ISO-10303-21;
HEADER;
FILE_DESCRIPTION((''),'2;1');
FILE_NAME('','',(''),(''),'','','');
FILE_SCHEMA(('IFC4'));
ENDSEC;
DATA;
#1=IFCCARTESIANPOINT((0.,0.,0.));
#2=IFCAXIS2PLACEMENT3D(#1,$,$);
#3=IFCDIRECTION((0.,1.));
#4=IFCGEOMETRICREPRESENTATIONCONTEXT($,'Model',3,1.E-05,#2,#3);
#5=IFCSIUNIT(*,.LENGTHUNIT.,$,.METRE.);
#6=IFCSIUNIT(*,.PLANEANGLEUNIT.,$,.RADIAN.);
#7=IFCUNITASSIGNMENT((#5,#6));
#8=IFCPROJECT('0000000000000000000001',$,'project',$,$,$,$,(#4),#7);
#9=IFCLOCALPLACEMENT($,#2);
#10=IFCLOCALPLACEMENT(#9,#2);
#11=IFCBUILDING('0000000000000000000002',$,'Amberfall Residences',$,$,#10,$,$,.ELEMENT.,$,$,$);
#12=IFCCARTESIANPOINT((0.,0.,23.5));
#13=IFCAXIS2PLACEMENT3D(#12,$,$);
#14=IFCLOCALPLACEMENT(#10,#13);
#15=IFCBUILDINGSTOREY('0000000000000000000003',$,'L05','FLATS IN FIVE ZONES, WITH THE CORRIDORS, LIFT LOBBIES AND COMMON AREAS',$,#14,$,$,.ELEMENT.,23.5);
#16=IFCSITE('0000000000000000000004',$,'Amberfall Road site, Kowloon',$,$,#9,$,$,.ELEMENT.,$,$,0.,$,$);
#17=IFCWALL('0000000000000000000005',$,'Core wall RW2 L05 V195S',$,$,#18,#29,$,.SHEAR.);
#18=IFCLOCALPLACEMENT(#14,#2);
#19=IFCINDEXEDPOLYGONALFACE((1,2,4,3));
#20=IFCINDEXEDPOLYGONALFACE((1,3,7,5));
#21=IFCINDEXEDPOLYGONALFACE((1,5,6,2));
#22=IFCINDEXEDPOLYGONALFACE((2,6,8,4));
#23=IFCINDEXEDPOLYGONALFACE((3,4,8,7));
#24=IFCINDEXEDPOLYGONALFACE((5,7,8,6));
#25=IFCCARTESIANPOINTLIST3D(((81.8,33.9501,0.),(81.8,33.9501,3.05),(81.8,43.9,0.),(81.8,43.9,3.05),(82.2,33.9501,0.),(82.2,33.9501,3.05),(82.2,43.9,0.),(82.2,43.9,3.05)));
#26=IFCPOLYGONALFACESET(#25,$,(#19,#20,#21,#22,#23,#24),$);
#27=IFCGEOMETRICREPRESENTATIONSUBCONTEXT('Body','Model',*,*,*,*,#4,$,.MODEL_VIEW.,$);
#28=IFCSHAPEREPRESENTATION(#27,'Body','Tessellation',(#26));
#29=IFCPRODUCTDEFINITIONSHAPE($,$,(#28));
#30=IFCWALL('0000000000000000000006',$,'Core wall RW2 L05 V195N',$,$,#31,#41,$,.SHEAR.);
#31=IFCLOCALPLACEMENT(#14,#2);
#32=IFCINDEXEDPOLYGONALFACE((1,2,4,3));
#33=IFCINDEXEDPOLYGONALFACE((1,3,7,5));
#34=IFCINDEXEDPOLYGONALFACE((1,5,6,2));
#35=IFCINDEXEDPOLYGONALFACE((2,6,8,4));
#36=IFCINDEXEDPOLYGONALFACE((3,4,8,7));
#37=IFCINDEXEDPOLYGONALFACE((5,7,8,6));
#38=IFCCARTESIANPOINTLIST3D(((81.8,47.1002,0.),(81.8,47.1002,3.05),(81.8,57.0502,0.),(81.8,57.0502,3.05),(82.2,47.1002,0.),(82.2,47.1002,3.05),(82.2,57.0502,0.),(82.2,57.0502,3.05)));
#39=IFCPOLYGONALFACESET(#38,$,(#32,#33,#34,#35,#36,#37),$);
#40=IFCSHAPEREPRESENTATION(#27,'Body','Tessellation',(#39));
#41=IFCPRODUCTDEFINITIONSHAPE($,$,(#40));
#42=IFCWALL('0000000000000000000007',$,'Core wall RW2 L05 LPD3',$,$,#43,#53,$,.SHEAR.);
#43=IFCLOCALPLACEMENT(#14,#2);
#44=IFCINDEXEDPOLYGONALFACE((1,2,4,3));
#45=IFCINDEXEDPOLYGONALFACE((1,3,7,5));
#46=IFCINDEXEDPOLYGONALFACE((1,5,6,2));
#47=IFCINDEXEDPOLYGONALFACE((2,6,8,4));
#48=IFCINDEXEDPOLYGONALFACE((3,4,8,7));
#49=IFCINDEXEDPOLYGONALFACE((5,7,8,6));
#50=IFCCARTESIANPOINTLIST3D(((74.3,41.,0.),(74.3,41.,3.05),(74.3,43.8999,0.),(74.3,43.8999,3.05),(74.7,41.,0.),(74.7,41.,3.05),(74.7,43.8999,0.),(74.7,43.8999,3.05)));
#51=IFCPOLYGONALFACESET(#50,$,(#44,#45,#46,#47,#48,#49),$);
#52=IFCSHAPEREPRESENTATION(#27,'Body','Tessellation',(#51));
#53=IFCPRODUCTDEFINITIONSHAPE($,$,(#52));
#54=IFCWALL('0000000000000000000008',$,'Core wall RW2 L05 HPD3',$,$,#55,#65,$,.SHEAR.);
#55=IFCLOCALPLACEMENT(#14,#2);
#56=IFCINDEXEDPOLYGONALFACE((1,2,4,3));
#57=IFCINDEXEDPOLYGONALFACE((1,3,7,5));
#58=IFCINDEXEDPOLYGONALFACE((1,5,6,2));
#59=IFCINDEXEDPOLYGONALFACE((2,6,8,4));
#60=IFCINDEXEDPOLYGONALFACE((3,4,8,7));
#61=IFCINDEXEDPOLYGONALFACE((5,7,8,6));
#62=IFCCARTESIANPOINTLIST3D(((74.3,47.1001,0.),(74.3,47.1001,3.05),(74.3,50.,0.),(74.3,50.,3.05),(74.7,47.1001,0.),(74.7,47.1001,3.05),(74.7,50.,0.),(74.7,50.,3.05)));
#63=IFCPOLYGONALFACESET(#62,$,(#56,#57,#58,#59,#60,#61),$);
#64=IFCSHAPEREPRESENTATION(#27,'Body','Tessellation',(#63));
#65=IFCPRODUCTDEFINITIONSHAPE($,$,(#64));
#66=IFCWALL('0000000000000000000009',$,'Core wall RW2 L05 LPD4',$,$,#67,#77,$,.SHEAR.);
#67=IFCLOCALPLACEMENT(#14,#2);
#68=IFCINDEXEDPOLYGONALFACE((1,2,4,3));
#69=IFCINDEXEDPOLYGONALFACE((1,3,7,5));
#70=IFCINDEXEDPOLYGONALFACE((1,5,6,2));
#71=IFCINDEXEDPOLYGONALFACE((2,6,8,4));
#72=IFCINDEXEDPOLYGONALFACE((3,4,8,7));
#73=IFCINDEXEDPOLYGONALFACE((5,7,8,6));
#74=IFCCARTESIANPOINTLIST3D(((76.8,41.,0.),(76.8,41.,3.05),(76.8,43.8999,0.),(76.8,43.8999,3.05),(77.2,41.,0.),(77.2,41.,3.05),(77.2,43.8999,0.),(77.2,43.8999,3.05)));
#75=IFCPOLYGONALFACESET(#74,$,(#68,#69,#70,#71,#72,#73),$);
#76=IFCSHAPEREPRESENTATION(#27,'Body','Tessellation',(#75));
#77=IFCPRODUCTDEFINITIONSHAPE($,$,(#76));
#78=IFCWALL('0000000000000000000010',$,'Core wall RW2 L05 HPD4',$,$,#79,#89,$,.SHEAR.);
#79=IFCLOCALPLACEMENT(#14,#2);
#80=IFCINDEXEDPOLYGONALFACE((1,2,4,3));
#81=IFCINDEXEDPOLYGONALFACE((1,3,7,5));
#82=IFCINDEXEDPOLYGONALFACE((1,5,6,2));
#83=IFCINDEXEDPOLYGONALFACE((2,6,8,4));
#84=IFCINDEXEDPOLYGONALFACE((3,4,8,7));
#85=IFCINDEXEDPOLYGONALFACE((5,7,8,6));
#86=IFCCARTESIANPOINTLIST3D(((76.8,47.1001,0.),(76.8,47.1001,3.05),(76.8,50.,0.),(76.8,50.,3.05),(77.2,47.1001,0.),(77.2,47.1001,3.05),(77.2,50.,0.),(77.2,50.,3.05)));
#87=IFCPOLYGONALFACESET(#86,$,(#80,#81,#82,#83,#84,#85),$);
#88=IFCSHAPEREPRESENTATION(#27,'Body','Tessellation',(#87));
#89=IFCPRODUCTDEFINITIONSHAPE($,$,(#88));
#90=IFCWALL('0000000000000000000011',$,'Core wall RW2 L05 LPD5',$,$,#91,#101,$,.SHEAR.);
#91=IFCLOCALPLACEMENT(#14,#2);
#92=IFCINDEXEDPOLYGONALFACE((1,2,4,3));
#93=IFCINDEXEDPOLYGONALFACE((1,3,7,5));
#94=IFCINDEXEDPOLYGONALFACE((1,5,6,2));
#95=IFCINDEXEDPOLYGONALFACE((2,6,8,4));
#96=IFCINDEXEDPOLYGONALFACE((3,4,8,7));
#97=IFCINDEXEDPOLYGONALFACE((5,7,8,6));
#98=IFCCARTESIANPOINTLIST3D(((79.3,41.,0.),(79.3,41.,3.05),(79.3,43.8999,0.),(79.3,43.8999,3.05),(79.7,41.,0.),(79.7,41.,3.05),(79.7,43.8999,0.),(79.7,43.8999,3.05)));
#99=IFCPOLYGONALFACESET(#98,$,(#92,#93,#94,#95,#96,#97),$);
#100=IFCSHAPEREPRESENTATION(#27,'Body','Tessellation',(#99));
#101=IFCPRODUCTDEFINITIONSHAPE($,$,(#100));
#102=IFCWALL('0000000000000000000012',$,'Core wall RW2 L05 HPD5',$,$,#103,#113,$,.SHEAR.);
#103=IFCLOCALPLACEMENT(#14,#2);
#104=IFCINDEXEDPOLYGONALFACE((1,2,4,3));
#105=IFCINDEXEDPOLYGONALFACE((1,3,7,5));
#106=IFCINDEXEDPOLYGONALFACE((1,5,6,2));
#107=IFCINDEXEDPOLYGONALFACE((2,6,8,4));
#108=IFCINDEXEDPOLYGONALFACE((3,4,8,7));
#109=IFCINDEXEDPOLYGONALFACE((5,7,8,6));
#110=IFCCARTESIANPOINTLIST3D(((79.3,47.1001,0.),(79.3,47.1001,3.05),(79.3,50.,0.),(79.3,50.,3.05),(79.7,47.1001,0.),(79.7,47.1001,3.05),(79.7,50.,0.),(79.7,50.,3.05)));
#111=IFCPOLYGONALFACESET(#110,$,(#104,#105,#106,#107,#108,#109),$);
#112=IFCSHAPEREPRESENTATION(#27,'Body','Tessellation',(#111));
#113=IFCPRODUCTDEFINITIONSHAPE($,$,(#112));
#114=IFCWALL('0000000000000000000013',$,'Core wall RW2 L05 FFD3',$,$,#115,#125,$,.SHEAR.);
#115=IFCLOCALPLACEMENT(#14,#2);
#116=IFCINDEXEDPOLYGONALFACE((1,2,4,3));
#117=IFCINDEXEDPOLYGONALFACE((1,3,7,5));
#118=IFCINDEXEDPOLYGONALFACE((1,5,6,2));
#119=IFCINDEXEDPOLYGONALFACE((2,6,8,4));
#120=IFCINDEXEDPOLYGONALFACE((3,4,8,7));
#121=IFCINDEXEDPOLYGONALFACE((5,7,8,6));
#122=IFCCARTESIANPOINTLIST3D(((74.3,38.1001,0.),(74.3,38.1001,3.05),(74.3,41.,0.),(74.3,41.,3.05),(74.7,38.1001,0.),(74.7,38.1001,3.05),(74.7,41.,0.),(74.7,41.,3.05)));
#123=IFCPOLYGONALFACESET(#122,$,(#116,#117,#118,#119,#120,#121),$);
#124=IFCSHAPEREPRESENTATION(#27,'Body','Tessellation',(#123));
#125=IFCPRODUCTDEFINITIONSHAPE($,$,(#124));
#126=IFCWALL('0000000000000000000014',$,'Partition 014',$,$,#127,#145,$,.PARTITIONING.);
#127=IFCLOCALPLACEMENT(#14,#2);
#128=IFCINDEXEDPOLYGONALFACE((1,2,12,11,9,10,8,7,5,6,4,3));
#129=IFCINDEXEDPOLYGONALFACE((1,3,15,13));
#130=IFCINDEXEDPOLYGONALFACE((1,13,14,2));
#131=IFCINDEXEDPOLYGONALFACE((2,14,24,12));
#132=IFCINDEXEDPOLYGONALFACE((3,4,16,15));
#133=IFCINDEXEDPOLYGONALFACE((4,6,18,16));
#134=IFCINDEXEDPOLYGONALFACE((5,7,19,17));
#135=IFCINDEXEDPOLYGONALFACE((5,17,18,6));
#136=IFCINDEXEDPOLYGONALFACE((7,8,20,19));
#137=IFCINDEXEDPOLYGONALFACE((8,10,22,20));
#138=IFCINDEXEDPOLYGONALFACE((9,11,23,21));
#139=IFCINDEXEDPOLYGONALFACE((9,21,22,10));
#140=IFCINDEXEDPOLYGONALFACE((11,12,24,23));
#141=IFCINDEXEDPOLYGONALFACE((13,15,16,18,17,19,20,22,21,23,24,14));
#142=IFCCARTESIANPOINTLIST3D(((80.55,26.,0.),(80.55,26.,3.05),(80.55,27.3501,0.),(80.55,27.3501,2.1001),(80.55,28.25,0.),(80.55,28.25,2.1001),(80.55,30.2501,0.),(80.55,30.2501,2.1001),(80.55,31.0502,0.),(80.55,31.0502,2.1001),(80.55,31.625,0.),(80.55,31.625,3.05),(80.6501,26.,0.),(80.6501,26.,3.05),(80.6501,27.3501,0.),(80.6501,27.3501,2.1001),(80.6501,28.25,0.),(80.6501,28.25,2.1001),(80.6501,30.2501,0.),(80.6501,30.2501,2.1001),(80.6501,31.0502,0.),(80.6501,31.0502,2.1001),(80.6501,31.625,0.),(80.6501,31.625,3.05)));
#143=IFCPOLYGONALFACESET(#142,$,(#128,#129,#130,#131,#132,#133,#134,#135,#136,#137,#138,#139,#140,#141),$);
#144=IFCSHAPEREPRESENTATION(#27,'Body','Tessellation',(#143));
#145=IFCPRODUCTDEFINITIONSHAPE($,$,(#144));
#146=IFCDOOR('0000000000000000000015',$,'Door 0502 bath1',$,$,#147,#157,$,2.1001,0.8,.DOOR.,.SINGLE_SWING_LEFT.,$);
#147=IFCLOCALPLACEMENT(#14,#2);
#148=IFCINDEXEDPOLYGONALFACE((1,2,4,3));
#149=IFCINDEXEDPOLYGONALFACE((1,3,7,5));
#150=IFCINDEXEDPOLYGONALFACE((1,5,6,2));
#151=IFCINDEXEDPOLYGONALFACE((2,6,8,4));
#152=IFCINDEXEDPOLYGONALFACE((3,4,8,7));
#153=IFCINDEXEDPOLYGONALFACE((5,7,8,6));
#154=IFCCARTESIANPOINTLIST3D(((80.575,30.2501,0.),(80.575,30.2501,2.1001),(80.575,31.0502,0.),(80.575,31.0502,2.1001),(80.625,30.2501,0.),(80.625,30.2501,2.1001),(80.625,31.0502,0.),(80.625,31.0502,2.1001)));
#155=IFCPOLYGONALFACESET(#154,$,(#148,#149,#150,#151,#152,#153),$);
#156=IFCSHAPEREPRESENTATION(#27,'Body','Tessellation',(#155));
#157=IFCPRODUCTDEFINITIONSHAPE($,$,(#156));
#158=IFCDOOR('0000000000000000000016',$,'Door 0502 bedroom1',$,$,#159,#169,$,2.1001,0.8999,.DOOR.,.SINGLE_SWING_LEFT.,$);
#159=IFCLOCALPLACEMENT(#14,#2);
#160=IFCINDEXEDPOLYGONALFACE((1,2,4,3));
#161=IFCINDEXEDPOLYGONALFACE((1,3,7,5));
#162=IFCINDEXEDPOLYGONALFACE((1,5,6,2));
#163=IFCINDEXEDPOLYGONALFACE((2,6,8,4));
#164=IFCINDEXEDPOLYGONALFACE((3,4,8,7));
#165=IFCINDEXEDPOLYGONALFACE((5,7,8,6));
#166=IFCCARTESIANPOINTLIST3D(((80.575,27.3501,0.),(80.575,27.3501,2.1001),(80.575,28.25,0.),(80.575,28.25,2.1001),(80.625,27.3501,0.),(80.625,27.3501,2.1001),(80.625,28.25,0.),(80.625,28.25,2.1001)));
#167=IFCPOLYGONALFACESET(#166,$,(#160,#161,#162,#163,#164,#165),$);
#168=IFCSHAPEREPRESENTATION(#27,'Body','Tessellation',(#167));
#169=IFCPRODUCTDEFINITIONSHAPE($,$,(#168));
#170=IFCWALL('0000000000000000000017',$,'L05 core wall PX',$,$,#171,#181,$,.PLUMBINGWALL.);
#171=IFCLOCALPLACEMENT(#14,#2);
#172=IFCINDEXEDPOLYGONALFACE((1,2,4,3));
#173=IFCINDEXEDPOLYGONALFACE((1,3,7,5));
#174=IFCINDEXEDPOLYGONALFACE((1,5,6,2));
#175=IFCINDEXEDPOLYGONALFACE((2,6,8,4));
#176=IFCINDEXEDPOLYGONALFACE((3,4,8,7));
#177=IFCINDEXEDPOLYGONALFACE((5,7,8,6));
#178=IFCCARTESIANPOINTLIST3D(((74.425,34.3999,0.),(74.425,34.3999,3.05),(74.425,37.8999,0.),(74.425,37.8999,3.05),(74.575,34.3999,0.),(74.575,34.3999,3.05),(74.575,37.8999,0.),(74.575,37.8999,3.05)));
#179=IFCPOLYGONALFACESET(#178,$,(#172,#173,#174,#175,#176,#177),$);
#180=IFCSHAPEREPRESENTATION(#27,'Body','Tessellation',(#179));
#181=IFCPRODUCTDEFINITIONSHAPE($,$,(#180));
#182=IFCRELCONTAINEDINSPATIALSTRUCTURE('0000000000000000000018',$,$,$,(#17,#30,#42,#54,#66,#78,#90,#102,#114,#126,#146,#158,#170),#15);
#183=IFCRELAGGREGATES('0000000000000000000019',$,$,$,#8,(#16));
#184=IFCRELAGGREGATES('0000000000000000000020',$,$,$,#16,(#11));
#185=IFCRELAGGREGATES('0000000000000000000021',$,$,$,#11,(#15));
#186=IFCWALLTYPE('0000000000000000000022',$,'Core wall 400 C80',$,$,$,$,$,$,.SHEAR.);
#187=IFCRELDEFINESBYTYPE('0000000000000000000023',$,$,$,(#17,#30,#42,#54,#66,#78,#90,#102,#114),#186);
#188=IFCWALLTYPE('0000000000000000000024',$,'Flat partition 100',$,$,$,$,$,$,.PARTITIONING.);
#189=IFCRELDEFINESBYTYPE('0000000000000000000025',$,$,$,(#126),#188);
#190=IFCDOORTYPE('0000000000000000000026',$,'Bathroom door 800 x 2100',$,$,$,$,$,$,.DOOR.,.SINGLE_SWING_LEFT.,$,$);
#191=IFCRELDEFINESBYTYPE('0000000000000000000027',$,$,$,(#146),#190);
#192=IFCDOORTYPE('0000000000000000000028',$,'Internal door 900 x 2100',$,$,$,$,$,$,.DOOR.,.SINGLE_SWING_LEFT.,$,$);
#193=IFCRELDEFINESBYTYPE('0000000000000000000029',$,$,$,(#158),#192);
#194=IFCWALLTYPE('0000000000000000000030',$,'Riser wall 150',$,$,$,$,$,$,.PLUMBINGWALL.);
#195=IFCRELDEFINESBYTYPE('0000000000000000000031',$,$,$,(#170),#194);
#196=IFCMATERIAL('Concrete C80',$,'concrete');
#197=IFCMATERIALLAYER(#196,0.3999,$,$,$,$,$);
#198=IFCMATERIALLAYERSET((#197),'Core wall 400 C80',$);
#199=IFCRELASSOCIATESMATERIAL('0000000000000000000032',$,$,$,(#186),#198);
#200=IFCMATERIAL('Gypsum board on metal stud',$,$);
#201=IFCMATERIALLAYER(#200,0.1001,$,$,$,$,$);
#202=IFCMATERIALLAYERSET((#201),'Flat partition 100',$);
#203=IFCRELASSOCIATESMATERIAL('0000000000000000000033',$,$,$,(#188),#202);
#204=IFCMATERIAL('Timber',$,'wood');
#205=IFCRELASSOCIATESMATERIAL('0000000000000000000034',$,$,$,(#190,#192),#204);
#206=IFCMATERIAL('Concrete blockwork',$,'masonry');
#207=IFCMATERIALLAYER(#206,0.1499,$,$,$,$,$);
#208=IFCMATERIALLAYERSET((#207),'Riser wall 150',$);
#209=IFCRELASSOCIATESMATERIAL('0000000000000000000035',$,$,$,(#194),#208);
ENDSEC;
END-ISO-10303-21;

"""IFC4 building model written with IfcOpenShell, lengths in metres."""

from ifc_helpers import new_model, si_unit, direction, frame, frame_2d, origin, place, context, subcontext, project, spatial, rectangle, extrude, material, layer, layer_set, type_object, element, fill, save


model = new_model("IFC4")

# Units and contexts
model_context = context("Model", 3, precision=1e-05, world=origin(), true_north=direction((0.0, 1.0)))
body_context = subcontext(model_context, "Body", "Model", "MODEL_VIEW")
ifc_project = project(units=[si_unit("LENGTHUNIT", "METRE"), si_unit("PLANEANGLEUNIT", "RADIAN")], contexts=[model_context])

# Site, building, storey
site_placement = place(None, origin())
site = spatial("IfcSite", under=ifc_project, at=site_placement, Name="Amberfall Road site, Kowloon", CompositionType="ELEMENT", RefElevation=0.0)
building_placement = place(site_placement, origin())
building = spatial("IfcBuilding", under=site, at=building_placement, Name="Amberfall Residences", CompositionType="ELEMENT")
storey_placement = place(building_placement, frame((0.0, 0.0, 23.5)))
storey = spatial("IfcBuildingStorey", under=building, at=storey_placement, Name="L05", Description="FLATS IN FIVE ZONES, WITH THE CORRIDORS, LIFT LOBBIES AND COMMON AREAS", CompositionType="ELEMENT", Elevation=23.5)

# Walls
ifc_material_1 = material(Name="Concrete C80", Category="concrete")
ifc_layer_1 = layer(ifc_material_1, 0.3999)
ifc_layer_set_1 = layer_set([ifc_layer_1], Name="Core wall 400 C80")
wall_type_1 = type_object("IfcWallType", Name="Core wall 400 C80", PredefinedType="SHEAR", material=ifc_layer_set_1)
for number, where, z_axis, x_axis, name in (
    (1, (82.0, 33.95, 0.0), (0.0, 0.0, 1.0), (0.0, 1.0, 0.0), "Core wall RW2 L05 V195S"),
    (2, (82.0, 47.1001, 0.0), (0.0, 0.0, 1.0), (0.0, 1.0, 0.0), "Core wall RW2 L05 V195N"),
):
    element("IfcWall", number, at=place(storey_placement, frame(where, z_axis=z_axis, x_axis=x_axis)), inside=storey, type_object=wall_type_1, Name=name, PredefinedType="SHEAR", context=body_context, shape_type="SweptSolid", body=[
        extrude(rectangle(XDim=9.95, YDim=0.3999, at=frame_2d((4.9751, 0.0))), origin(), (0.0, 0.0, 1.0), 3.05),
    ])
for number, where, z_axis, x_axis, name in (
    (3, (74.5, 41.0, 0.0), (0.0, 0.0, 1.0), (0.0, 1.0, 0.0), "Core wall RW2 L05 LPD3"),
    (4, (74.5, 47.1001, 0.0), (0.0, 0.0, 1.0), (0.0, 1.0, 0.0), "Core wall RW2 L05 HPD3"),
    (5, (77.0, 41.0, 0.0), (0.0, 0.0, 1.0), (0.0, 1.0, 0.0), "Core wall RW2 L05 LPD4"),
    (6, (77.0, 47.1001, 0.0), (0.0, 0.0, 1.0), (0.0, 1.0, 0.0), "Core wall RW2 L05 HPD4"),
    (7, (79.5, 41.0, 0.0), (0.0, 0.0, 1.0), (0.0, 1.0, 0.0), "Core wall RW2 L05 LPD5"),
    (8, (79.5, 47.1001, 0.0), (0.0, 0.0, 1.0), (0.0, 1.0, 0.0), "Core wall RW2 L05 HPD5"),
    (9, (74.5, 38.1001, 0.0), (0.0, 0.0, 1.0), (0.0, 1.0, 0.0), "Core wall RW2 L05 FFD3"),
):
    element("IfcWall", number, at=place(storey_placement, frame(where, z_axis=z_axis, x_axis=x_axis)), inside=storey, type_object=wall_type_1, Name=name, PredefinedType="SHEAR", context=body_context, shape_type="SweptSolid", body=[
        extrude(rectangle(XDim=2.8999, YDim=0.3999, at=frame_2d((1.45, 0.0))), origin(), (0.0, 0.0, 1.0), 3.05),
    ])

# Wall, openings, doors
ifc_material_2 = material(Name="Gypsum board on metal stud")
ifc_layer_2 = layer(ifc_material_2, 0.1001)
ifc_layer_set_2 = layer_set([ifc_layer_2], Name="Flat partition 100")
wall_type_2 = type_object("IfcWallType", Name="Flat partition 100", PredefinedType="PARTITIONING", material=ifc_layer_set_2)
wall_1_placement = place(storey_placement, frame((80.6001, 31.625, 0.0), z_axis=(0.0, 0.0, 1.0), x_axis=(0.0, -1.0, 0.0)))
wall_1 = element("IfcWall", 10, at=wall_1_placement, inside=storey, type_object=wall_type_2, Name="Partition 014", PredefinedType="PARTITIONING", context=body_context, shape_type="SweptSolid", body=[
    extrude(rectangle(XDim=5.625, YDim=0.1001, at=frame_2d((2.8125, 0.0))), origin(), (0.0, 0.0, 1.0), 3.05),
])
opening_1_placement = place(wall_1_placement, frame((3.375, 0.0, 0.0)))
opening_1 = element("IfcOpeningElement", 11, at=opening_1_placement, cuts=wall_1, PredefinedType="OPENING", context=body_context, shape_type="SweptSolid", body=[
    extrude(rectangle(XDim=0.8999, YDim=2.1001, at=frame_2d((0.45, 1.05))), frame((0.0, 0.0601, 0.0), z_axis=(0.0, -1.0, 0.0), x_axis=(1.0, 0.0, 0.0)), (0.0, 0.0, 1.0), 0.1201),
])
opening_2_placement = place(wall_1_placement, frame((0.575, 0.0, 0.0)))
opening_2 = element("IfcOpeningElement", 12, at=opening_2_placement, cuts=wall_1, PredefinedType="OPENING", context=body_context, shape_type="SweptSolid", body=[
    extrude(rectangle(XDim=0.8, YDim=2.1001, at=frame_2d((0.3999, 1.05))), frame((0.0, 0.0601, 0.0), z_axis=(0.0, -1.0, 0.0), x_axis=(1.0, 0.0, 0.0)), (0.0, 0.0, 1.0), 0.1201),
])
ifc_material_3 = material(Name="Timber", Category="wood")
door_type_1 = type_object("IfcDoorType", Name="Bathroom door 800 x 2100", OperationType="SINGLE_SWING_LEFT", PredefinedType="DOOR", material=ifc_material_3)
door_1_placement = place(opening_2_placement, origin())
door_1 = element("IfcDoor", 13, at=door_1_placement, inside=storey, type_object=door_type_1, Name="Door 0502 bath1", OperationType="SINGLE_SWING_LEFT", OverallHeight=2.1001, OverallWidth=0.8, PredefinedType="DOOR", context=body_context, shape_type="SweptSolid", body=[
    extrude(rectangle(XDim=0.8, YDim=2.1001, at=frame_2d((0.3999, 1.05))), frame((0.0, 0.0249, 0.0), z_axis=(0.0, -1.0, 0.0), x_axis=(1.0, 0.0, 0.0)), (0.0, 0.0, 1.0), 0.05),
])
fill(opening_2, door_1)
door_type_2 = type_object("IfcDoorType", Name="Internal door 900 x 2100", OperationType="SINGLE_SWING_LEFT", PredefinedType="DOOR", material=ifc_material_3)
door_2_placement = place(opening_1_placement, origin())
door_2 = element("IfcDoor", 14, at=door_2_placement, inside=storey, type_object=door_type_2, Name="Door 0502 bedroom1", OperationType="SINGLE_SWING_LEFT", OverallHeight=2.1001, OverallWidth=0.8999, PredefinedType="DOOR", context=body_context, shape_type="SweptSolid", body=[
    extrude(rectangle(XDim=0.8999, YDim=2.1001, at=frame_2d((0.45, 1.05))), frame((0.0, 0.0249, 0.0), z_axis=(0.0, -1.0, 0.0), x_axis=(1.0, 0.0, 0.0)), (0.0, 0.0, 1.0), 0.05),
])
fill(opening_1, door_2)

# Wall
ifc_material_4 = material(Name="Concrete blockwork", Category="masonry")
ifc_layer_3 = layer(ifc_material_4, 0.1499)
ifc_layer_set_3 = layer_set([ifc_layer_3], Name="Riser wall 150")
wall_type_3 = type_object("IfcWallType", Name="Riser wall 150", PredefinedType="PLUMBINGWALL", material=ifc_layer_set_3)
wall_2_placement = place(storey_placement, frame((74.5, 34.3999, 0.0), z_axis=(0.0, 0.0, 1.0), x_axis=(0.0, 1.0, 0.0)))
element("IfcWall", 15, at=wall_2_placement, inside=storey, type_object=wall_type_3, Name="L05 core wall PX", PredefinedType="PLUMBINGWALL", context=body_context, shape_type="SweptSolid", body=[
    extrude(rectangle(XDim=3.5, YDim=0.1499, at=frame_2d((1.75, 0.0))), origin(), (0.0, 0.0, 1.0), 3.05),
])

save(model, "model.ifc")
